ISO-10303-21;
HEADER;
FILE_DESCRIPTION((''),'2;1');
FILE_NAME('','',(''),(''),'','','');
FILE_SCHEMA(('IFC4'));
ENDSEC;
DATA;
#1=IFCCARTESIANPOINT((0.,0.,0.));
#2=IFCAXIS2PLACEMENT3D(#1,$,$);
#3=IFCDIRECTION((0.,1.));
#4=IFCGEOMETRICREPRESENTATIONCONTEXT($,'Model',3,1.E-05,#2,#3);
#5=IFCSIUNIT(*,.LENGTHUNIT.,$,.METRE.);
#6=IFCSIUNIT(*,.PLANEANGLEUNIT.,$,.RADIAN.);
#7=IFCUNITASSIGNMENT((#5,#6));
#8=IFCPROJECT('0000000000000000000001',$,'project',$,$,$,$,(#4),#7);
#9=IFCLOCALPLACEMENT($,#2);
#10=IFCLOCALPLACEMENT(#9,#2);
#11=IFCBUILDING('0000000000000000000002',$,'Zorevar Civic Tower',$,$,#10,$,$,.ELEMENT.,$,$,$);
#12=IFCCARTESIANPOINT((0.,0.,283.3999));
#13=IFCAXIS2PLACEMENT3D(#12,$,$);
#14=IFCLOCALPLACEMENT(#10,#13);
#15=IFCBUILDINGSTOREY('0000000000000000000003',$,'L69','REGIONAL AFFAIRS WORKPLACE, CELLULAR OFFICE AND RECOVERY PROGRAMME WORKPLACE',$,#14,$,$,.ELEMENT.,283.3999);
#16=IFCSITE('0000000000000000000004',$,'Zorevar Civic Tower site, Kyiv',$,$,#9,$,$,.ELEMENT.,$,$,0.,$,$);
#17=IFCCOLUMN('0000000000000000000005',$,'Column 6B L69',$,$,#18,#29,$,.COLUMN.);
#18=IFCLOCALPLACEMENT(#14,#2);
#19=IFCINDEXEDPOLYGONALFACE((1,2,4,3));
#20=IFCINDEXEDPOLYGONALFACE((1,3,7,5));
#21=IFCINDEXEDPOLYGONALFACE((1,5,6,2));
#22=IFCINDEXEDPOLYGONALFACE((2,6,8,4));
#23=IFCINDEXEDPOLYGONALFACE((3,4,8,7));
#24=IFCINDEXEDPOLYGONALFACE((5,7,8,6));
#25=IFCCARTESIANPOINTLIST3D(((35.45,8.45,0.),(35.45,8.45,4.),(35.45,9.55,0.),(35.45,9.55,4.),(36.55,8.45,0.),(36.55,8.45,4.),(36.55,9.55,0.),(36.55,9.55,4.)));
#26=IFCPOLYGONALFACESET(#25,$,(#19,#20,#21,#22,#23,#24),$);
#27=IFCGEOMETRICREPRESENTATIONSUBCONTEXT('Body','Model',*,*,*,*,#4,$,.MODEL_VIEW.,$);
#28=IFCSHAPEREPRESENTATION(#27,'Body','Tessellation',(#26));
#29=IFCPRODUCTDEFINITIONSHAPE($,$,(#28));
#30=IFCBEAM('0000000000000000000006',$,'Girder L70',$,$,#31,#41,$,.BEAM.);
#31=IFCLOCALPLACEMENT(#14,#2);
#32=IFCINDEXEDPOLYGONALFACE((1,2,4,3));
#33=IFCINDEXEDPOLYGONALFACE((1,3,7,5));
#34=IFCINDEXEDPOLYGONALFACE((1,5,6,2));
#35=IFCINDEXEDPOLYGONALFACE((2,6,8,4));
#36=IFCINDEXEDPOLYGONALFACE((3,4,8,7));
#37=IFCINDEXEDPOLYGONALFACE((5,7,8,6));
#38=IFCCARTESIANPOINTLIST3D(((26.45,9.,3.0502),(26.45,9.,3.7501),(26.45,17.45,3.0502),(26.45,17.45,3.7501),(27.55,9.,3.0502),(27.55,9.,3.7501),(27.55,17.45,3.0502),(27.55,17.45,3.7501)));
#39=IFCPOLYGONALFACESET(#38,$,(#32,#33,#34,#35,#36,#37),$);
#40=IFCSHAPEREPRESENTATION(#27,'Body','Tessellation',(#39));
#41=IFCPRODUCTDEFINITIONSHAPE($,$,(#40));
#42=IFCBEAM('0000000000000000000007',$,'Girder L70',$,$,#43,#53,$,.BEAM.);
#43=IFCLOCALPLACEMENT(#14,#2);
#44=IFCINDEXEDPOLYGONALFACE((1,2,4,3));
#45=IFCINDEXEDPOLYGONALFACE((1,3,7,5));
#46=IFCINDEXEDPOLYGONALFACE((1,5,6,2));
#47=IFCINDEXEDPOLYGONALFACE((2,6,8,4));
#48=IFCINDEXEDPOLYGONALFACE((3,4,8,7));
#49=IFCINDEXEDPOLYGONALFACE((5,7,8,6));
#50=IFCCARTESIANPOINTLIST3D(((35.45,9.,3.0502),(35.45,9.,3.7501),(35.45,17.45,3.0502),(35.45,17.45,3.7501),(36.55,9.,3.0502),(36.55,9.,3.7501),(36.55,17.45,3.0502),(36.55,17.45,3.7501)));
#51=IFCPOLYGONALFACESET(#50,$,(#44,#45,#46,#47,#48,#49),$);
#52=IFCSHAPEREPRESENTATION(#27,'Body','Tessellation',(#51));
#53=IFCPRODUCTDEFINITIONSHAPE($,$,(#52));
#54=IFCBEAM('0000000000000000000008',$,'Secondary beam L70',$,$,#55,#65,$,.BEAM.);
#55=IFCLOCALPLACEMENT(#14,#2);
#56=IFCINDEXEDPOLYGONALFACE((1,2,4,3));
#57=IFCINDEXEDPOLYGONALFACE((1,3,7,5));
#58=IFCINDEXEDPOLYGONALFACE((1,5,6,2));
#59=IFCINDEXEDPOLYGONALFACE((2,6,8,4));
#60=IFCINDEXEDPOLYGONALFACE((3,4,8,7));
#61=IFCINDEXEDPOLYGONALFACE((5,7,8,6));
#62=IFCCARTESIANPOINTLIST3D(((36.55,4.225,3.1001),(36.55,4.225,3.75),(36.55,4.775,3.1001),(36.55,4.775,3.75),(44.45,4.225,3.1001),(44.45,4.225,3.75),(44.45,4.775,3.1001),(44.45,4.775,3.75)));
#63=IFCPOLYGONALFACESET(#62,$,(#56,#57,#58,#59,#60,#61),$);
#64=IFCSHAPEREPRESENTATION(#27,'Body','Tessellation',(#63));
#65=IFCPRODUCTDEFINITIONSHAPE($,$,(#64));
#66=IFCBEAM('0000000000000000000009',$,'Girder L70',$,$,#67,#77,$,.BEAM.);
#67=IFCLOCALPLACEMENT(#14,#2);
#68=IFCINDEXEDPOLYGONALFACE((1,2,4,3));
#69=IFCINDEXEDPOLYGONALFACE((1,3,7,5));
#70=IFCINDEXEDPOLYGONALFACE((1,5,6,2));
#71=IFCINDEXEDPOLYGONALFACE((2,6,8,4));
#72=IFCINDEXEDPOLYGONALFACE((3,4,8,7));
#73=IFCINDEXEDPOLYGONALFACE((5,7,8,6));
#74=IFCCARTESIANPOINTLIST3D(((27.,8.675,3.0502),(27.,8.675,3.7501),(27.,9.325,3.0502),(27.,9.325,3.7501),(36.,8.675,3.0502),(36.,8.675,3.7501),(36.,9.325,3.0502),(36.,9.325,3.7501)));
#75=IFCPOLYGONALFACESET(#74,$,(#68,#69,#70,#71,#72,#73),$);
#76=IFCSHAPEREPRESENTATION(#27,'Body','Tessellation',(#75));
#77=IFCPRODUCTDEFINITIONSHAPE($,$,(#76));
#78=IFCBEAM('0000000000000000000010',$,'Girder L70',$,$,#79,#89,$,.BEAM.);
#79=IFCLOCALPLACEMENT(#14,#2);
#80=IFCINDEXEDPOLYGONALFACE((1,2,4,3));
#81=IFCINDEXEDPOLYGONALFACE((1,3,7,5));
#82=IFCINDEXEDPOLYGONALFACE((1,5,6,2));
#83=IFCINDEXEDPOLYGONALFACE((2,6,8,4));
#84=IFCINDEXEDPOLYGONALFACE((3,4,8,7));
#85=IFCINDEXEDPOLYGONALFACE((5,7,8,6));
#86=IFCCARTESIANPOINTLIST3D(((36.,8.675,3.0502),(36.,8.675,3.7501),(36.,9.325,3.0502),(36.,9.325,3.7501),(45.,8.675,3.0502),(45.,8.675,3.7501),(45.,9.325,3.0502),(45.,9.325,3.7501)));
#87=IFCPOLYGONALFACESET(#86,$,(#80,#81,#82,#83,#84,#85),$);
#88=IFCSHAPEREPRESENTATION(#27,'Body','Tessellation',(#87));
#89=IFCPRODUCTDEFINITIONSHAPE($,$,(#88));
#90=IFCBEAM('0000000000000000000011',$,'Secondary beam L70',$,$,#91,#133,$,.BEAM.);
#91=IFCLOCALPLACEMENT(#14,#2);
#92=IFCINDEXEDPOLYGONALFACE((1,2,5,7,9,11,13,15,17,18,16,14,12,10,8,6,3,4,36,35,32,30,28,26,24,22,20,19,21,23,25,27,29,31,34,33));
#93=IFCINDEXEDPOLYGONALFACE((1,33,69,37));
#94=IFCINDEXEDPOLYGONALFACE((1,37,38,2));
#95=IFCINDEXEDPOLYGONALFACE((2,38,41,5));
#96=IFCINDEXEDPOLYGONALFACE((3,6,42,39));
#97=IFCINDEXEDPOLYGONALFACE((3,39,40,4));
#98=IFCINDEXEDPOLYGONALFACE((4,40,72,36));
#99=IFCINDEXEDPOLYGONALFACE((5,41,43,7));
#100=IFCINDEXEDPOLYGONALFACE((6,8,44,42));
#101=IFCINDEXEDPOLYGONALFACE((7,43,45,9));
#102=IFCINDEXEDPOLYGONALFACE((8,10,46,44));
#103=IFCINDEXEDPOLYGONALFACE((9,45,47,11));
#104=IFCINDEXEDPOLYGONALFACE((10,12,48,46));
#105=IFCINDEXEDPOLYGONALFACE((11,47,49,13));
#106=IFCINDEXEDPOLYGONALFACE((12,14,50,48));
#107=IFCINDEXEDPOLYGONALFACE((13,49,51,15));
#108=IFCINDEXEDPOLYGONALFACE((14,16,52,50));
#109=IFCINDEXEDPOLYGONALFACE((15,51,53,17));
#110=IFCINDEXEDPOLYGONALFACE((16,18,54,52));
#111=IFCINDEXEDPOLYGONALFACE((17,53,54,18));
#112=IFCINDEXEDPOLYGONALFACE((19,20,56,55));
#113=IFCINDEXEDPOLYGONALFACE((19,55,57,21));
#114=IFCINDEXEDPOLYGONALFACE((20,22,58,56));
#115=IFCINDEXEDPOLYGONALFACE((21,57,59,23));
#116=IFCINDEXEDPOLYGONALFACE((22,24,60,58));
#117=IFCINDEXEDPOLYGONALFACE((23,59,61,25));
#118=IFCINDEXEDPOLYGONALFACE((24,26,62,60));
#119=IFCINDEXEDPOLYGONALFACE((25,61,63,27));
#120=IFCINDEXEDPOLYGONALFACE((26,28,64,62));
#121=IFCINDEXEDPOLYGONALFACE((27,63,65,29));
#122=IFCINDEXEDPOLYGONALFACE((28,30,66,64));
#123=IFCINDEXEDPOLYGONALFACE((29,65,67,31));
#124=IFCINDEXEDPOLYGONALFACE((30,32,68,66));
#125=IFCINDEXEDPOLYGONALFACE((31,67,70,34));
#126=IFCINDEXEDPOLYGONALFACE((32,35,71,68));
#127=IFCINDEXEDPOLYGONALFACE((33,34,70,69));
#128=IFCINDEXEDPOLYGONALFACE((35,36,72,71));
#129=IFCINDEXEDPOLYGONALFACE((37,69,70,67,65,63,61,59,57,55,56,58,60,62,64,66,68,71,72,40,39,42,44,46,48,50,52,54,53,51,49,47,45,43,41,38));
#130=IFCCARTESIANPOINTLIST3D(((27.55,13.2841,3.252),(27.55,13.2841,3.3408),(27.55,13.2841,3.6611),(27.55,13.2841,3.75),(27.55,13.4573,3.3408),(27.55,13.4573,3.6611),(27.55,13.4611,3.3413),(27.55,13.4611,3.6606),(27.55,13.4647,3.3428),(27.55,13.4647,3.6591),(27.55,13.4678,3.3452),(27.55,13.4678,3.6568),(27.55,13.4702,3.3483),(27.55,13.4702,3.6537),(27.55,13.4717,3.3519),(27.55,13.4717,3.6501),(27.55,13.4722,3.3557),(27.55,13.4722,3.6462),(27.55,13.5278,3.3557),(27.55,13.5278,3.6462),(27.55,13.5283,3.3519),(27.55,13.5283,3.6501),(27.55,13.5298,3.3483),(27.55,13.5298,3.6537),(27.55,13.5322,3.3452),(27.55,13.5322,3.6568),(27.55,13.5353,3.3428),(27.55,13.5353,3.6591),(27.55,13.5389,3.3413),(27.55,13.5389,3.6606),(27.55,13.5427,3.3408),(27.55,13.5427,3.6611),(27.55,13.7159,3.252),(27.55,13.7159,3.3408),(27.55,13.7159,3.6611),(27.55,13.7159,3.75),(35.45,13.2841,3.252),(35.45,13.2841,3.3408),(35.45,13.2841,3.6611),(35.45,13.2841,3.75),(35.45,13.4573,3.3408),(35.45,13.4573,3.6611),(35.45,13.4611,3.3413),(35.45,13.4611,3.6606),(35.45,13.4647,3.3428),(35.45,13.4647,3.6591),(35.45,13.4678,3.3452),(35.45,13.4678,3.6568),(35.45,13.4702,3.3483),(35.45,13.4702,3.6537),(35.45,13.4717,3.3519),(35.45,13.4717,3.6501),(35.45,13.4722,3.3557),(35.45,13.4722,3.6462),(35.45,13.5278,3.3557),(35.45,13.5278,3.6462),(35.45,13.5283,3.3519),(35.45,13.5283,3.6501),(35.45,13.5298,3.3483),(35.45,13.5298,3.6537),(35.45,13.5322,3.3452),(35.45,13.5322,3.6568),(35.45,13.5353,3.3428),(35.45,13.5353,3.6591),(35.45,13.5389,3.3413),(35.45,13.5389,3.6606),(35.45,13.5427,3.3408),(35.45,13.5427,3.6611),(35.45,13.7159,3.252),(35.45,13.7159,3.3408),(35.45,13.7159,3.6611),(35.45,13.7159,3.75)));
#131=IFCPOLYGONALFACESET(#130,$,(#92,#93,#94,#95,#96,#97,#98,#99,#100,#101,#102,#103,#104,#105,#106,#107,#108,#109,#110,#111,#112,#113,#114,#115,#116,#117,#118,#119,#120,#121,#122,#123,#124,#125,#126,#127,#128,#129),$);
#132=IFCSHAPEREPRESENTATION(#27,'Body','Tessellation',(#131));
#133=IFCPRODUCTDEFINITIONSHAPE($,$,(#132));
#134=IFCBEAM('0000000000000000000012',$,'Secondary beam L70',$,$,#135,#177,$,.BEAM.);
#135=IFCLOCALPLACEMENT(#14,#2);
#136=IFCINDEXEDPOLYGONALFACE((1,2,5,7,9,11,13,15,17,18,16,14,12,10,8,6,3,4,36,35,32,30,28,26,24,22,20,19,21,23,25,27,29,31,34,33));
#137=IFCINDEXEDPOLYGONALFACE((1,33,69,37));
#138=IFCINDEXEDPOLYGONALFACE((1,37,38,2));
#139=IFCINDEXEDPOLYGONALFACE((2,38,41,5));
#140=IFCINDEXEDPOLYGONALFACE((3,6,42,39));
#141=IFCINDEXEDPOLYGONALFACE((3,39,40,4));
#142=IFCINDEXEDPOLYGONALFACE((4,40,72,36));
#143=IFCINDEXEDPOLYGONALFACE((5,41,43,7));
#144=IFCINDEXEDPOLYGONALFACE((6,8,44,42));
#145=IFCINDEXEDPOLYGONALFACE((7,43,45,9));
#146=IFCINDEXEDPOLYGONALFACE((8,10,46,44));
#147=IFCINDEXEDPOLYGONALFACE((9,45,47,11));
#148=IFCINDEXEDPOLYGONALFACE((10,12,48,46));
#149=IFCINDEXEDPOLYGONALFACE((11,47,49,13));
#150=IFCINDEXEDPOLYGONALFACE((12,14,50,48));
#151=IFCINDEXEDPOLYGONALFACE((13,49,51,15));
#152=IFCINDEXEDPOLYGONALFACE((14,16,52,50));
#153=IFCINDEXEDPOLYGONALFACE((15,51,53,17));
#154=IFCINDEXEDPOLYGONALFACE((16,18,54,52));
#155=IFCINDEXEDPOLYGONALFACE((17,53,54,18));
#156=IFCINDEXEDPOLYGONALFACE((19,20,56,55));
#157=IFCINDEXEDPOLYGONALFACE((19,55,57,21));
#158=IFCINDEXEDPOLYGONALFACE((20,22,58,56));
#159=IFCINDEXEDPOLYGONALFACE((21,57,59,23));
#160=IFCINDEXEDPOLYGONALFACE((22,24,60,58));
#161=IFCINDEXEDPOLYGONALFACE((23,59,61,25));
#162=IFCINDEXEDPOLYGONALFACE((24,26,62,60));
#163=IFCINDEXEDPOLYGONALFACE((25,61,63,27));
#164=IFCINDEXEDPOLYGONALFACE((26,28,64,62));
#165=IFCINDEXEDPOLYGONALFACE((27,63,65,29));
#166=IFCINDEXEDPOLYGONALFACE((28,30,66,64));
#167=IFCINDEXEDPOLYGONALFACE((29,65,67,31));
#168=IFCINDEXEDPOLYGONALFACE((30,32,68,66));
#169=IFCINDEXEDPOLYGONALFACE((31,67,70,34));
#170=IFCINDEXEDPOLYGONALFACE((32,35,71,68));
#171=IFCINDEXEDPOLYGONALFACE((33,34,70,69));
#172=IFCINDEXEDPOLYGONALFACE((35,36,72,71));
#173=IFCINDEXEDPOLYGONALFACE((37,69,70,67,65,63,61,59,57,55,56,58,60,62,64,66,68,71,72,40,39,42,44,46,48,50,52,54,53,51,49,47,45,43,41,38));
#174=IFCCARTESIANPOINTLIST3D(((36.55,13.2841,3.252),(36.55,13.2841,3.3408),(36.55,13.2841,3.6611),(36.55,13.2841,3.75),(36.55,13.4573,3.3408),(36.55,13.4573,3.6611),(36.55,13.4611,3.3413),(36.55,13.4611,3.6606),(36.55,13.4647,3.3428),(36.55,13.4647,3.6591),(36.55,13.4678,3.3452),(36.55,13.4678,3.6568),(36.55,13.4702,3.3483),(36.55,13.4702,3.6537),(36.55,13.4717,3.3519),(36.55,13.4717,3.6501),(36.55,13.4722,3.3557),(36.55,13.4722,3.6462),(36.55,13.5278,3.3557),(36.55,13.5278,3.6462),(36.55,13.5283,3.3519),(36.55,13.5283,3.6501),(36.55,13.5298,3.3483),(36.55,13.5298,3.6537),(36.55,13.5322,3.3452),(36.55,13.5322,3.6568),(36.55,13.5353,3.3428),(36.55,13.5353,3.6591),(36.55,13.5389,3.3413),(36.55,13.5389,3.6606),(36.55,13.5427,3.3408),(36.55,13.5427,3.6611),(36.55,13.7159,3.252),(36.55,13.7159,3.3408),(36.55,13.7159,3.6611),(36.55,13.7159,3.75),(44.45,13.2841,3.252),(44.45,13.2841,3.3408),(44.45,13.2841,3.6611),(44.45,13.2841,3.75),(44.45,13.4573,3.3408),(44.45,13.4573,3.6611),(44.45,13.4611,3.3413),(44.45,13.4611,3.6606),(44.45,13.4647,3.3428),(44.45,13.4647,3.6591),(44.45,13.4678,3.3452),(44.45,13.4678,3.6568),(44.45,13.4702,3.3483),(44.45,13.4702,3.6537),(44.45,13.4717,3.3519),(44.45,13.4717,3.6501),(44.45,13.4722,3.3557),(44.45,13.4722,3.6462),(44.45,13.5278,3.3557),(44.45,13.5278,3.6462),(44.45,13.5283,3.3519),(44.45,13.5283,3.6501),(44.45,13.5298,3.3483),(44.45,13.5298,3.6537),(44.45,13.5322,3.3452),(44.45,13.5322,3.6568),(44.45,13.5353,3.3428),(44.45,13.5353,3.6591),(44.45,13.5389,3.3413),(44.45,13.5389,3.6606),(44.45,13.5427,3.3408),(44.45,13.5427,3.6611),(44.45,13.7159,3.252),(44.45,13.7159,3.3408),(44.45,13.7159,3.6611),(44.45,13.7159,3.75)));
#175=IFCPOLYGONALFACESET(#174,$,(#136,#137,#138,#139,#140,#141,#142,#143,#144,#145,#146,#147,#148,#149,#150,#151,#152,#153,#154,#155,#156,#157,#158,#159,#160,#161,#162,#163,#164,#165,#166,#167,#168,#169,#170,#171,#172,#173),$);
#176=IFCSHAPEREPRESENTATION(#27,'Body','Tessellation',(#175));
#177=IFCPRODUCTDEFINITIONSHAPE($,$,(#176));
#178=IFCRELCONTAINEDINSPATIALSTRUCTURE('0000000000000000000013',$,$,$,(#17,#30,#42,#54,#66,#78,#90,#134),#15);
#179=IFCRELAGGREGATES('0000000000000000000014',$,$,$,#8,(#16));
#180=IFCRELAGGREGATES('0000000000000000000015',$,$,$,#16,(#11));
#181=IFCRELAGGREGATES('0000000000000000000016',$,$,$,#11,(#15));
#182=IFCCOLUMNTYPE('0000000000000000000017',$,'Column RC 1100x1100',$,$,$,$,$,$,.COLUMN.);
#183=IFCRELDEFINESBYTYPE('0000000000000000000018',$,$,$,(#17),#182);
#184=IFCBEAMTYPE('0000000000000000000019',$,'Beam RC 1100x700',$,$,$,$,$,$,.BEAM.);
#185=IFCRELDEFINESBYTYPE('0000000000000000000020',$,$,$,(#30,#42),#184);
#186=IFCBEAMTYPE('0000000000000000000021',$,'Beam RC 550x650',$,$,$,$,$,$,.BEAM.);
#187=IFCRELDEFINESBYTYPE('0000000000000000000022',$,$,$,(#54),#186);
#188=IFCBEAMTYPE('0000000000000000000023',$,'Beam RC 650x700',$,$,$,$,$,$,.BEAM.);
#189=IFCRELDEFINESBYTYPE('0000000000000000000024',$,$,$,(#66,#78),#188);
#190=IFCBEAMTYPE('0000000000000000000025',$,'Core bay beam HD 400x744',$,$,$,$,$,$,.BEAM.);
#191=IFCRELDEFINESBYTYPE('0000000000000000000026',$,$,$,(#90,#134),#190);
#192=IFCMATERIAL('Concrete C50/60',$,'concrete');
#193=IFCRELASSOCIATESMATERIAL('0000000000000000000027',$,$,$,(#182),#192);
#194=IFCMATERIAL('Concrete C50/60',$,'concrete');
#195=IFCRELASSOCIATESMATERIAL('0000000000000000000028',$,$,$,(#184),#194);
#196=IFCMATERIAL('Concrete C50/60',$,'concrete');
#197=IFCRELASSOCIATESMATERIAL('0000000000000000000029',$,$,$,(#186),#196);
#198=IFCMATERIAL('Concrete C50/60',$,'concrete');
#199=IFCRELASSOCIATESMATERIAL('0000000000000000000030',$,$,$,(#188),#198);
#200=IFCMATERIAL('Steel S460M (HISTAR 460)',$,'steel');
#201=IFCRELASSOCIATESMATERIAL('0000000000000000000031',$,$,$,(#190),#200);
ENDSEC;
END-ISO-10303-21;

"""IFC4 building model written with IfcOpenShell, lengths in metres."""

from ifc_helpers import new_model, si_unit, direction, frame, origin, origin_2d, place, context, subcontext, project, spatial, rectangle, i_section, extrude, material, material_profile, profile_set, type_object, element, save


model = new_model("IFC4")

# Units and contexts
model_context = context("Model", 3, precision=1e-05, world=origin(), true_north=direction((0.0, 1.0)))
body_context = subcontext(model_context, "Body", "Model", "MODEL_VIEW")
ifc_project = project(units=[si_unit("LENGTHUNIT", "METRE"), si_unit("PLANEANGLEUNIT", "RADIAN")], contexts=[model_context])

# Site, building, storey
site_placement = place(None, origin())
site = spatial("IfcSite", under=ifc_project, at=site_placement, Name="Zorevar Civic Tower site, Kyiv", CompositionType="ELEMENT", RefElevation=0.0)
building_placement = place(site_placement, origin())
building = spatial("IfcBuilding", under=site, at=building_placement, Name="Zorevar Civic Tower", CompositionType="ELEMENT")
storey_placement = place(building_placement, frame((0.0, 0.0, 283.3999)))
storey = spatial("IfcBuildingStorey", under=building, at=storey_placement, Name="L69", Description="REGIONAL AFFAIRS WORKPLACE, CELLULAR OFFICE AND RECOVERY PROGRAMME WORKPLACE", CompositionType="ELEMENT", Elevation=283.3999)

# Column
ifc_material_1 = material(Name="Concrete C50/60", Category="concrete")
ifc_material_profile_1 = material_profile(ifc_material_1, rectangle(XDim=1.1001, YDim=1.1001, at=origin_2d()), Name="RC 1100x1100")
ifc_profile_set_1 = profile_set([ifc_material_profile_1], Name="Concrete C50/60")
column_type = type_object("IfcColumnType", Name="Column RC 1100x1100", PredefinedType="COLUMN", material=ifc_profile_set_1)
column_placement = place(storey_placement, frame((36.0, 9.0, 0.0), z_axis=(0.0, 0.0, 1.0), x_axis=(1.0, 0.0, 0.0)))
element("IfcColumn", 1, at=column_placement, inside=storey, type_object=column_type, Name="Column 6B L69", PredefinedType="COLUMN", context=body_context, shape_type="SweptSolid", body=[
    extrude(rectangle(XDim=1.1001, YDim=1.1001, at=origin_2d()), origin(), (0.0, 0.0, 1.0), 4.0),
])

# Beams
ifc_material_2 = material(Name="Concrete C50/60", Category="concrete")
ifc_material_profile_2 = material_profile(ifc_material_2, rectangle(XDim=1.1001, YDim=0.7, at=origin_2d()), Name="RC 1100x700")
ifc_profile_set_2 = profile_set([ifc_material_profile_2], Name="Concrete C50/60")
beam_type_1 = type_object("IfcBeamType", Name="Beam RC 1100x700", PredefinedType="BEAM", material=ifc_profile_set_2)
for number, where, z_axis, x_axis, name in (
    (2, (27.0, 9.0, 3.4001), (0.0, 1.0, 0.0), (-1.0, 0.0, 0.0), "Girder L70"),
    (3, (36.0, 9.0, 3.4001), (0.0, 1.0, 0.0), (-1.0, 0.0, 0.0), "Girder L70"),
):
    element("IfcBeam", number, at=place(storey_placement, frame(where, z_axis=z_axis, x_axis=x_axis)), inside=storey, type_object=beam_type_1, Name=name, PredefinedType="BEAM", context=body_context, shape_type="SweptSolid", body=[
        extrude(rectangle(XDim=1.1001, YDim=0.7, at=origin_2d()), origin(), (0.0, 0.0, 1.0), 8.45),
    ])
ifc_material_3 = material(Name="Concrete C50/60", Category="concrete")
ifc_material_profile_3 = material_profile(ifc_material_3, rectangle(XDim=0.55, YDim=0.6499, at=origin_2d()), Name="RC 550x650")
ifc_profile_set_3 = profile_set([ifc_material_profile_3], Name="Concrete C50/60")
beam_type_2 = type_object("IfcBeamType", Name="Beam RC 550x650", PredefinedType="BEAM", material=ifc_profile_set_3)
beam_placement = place(storey_placement, frame((36.55, 4.5, 3.425), z_axis=(1.0, 0.0, 0.0), x_axis=(0.0, 1.0, 0.0)))
element("IfcBeam", 4, at=beam_placement, inside=storey, type_object=beam_type_2, Name="Secondary beam L70", PredefinedType="BEAM", context=body_context, shape_type="SweptSolid", body=[
    extrude(rectangle(XDim=0.55, YDim=0.6499, at=origin_2d()), origin(), (0.0, 0.0, 1.0), 7.8999),
])
ifc_material_4 = material(Name="Concrete C50/60", Category="concrete")
ifc_material_profile_4 = material_profile(ifc_material_4, rectangle(XDim=0.6499, YDim=0.7, at=origin_2d()), Name="RC 650x700")
ifc_profile_set_4 = profile_set([ifc_material_profile_4], Name="Concrete C50/60")
beam_type_3 = type_object("IfcBeamType", Name="Beam RC 650x700", PredefinedType="BEAM", material=ifc_profile_set_4)
for number, where, z_axis, x_axis, name in (
    (5, (27.0, 9.0, 3.4001), (1.0, 0.0, 0.0), (0.0, 1.0, 0.0), "Girder L70"),
    (6, (36.0, 9.0, 3.4001), (1.0, 0.0, 0.0), (0.0, 1.0, 0.0), "Girder L70"),
):
    element("IfcBeam", number, at=place(storey_placement, frame(where, z_axis=z_axis, x_axis=x_axis)), inside=storey, type_object=beam_type_3, Name=name, PredefinedType="BEAM", context=body_context, shape_type="SweptSolid", body=[
        extrude(rectangle(XDim=0.6499, YDim=0.7, at=origin_2d()), origin(), (0.0, 0.0, 1.0), 9.0),
    ])
ifc_material_5 = material(Name="Steel S460M (HISTAR 460)", Category="steel")
ifc_material_profile_5 = material_profile(ifc_material_5, i_section(OverallWidth=0.4319, OverallDepth=0.498, WebThickness=0.0557, FlangeThickness=0.0889, FilletRadius=0.0149, at=origin_2d()), Name="HD 400x744")
ifc_profile_set_5 = profile_set([ifc_material_profile_5], Name="Steel S460M (HISTAR 460)")
beam_type_4 = type_object("IfcBeamType", Name="Core bay beam HD 400x744", PredefinedType="BEAM", material=ifc_profile_set_5)
for number, where, z_axis, x_axis, name in (
    (7, (27.55, 13.5, 3.501), (1.0, 0.0, 0.0), (0.0, 1.0, 0.0), "Secondary beam L70"),
    (8, (36.55, 13.5, 3.501), (1.0, 0.0, 0.0), (0.0, 1.0, 0.0), "Secondary beam L70"),
):
    element("IfcBeam", number, at=place(storey_placement, frame(where, z_axis=z_axis, x_axis=x_axis)), inside=storey, type_object=beam_type_4, Name=name, PredefinedType="BEAM", context=body_context, shape_type="SweptSolid", body=[
        extrude(i_section(OverallWidth=0.4319, OverallDepth=0.498, WebThickness=0.0557, FlangeThickness=0.0889, FilletRadius=0.0149, at=origin_2d()), origin(), (0.0, 0.0, 1.0), 7.8999),
    ])

save(model, "model.ifc")
